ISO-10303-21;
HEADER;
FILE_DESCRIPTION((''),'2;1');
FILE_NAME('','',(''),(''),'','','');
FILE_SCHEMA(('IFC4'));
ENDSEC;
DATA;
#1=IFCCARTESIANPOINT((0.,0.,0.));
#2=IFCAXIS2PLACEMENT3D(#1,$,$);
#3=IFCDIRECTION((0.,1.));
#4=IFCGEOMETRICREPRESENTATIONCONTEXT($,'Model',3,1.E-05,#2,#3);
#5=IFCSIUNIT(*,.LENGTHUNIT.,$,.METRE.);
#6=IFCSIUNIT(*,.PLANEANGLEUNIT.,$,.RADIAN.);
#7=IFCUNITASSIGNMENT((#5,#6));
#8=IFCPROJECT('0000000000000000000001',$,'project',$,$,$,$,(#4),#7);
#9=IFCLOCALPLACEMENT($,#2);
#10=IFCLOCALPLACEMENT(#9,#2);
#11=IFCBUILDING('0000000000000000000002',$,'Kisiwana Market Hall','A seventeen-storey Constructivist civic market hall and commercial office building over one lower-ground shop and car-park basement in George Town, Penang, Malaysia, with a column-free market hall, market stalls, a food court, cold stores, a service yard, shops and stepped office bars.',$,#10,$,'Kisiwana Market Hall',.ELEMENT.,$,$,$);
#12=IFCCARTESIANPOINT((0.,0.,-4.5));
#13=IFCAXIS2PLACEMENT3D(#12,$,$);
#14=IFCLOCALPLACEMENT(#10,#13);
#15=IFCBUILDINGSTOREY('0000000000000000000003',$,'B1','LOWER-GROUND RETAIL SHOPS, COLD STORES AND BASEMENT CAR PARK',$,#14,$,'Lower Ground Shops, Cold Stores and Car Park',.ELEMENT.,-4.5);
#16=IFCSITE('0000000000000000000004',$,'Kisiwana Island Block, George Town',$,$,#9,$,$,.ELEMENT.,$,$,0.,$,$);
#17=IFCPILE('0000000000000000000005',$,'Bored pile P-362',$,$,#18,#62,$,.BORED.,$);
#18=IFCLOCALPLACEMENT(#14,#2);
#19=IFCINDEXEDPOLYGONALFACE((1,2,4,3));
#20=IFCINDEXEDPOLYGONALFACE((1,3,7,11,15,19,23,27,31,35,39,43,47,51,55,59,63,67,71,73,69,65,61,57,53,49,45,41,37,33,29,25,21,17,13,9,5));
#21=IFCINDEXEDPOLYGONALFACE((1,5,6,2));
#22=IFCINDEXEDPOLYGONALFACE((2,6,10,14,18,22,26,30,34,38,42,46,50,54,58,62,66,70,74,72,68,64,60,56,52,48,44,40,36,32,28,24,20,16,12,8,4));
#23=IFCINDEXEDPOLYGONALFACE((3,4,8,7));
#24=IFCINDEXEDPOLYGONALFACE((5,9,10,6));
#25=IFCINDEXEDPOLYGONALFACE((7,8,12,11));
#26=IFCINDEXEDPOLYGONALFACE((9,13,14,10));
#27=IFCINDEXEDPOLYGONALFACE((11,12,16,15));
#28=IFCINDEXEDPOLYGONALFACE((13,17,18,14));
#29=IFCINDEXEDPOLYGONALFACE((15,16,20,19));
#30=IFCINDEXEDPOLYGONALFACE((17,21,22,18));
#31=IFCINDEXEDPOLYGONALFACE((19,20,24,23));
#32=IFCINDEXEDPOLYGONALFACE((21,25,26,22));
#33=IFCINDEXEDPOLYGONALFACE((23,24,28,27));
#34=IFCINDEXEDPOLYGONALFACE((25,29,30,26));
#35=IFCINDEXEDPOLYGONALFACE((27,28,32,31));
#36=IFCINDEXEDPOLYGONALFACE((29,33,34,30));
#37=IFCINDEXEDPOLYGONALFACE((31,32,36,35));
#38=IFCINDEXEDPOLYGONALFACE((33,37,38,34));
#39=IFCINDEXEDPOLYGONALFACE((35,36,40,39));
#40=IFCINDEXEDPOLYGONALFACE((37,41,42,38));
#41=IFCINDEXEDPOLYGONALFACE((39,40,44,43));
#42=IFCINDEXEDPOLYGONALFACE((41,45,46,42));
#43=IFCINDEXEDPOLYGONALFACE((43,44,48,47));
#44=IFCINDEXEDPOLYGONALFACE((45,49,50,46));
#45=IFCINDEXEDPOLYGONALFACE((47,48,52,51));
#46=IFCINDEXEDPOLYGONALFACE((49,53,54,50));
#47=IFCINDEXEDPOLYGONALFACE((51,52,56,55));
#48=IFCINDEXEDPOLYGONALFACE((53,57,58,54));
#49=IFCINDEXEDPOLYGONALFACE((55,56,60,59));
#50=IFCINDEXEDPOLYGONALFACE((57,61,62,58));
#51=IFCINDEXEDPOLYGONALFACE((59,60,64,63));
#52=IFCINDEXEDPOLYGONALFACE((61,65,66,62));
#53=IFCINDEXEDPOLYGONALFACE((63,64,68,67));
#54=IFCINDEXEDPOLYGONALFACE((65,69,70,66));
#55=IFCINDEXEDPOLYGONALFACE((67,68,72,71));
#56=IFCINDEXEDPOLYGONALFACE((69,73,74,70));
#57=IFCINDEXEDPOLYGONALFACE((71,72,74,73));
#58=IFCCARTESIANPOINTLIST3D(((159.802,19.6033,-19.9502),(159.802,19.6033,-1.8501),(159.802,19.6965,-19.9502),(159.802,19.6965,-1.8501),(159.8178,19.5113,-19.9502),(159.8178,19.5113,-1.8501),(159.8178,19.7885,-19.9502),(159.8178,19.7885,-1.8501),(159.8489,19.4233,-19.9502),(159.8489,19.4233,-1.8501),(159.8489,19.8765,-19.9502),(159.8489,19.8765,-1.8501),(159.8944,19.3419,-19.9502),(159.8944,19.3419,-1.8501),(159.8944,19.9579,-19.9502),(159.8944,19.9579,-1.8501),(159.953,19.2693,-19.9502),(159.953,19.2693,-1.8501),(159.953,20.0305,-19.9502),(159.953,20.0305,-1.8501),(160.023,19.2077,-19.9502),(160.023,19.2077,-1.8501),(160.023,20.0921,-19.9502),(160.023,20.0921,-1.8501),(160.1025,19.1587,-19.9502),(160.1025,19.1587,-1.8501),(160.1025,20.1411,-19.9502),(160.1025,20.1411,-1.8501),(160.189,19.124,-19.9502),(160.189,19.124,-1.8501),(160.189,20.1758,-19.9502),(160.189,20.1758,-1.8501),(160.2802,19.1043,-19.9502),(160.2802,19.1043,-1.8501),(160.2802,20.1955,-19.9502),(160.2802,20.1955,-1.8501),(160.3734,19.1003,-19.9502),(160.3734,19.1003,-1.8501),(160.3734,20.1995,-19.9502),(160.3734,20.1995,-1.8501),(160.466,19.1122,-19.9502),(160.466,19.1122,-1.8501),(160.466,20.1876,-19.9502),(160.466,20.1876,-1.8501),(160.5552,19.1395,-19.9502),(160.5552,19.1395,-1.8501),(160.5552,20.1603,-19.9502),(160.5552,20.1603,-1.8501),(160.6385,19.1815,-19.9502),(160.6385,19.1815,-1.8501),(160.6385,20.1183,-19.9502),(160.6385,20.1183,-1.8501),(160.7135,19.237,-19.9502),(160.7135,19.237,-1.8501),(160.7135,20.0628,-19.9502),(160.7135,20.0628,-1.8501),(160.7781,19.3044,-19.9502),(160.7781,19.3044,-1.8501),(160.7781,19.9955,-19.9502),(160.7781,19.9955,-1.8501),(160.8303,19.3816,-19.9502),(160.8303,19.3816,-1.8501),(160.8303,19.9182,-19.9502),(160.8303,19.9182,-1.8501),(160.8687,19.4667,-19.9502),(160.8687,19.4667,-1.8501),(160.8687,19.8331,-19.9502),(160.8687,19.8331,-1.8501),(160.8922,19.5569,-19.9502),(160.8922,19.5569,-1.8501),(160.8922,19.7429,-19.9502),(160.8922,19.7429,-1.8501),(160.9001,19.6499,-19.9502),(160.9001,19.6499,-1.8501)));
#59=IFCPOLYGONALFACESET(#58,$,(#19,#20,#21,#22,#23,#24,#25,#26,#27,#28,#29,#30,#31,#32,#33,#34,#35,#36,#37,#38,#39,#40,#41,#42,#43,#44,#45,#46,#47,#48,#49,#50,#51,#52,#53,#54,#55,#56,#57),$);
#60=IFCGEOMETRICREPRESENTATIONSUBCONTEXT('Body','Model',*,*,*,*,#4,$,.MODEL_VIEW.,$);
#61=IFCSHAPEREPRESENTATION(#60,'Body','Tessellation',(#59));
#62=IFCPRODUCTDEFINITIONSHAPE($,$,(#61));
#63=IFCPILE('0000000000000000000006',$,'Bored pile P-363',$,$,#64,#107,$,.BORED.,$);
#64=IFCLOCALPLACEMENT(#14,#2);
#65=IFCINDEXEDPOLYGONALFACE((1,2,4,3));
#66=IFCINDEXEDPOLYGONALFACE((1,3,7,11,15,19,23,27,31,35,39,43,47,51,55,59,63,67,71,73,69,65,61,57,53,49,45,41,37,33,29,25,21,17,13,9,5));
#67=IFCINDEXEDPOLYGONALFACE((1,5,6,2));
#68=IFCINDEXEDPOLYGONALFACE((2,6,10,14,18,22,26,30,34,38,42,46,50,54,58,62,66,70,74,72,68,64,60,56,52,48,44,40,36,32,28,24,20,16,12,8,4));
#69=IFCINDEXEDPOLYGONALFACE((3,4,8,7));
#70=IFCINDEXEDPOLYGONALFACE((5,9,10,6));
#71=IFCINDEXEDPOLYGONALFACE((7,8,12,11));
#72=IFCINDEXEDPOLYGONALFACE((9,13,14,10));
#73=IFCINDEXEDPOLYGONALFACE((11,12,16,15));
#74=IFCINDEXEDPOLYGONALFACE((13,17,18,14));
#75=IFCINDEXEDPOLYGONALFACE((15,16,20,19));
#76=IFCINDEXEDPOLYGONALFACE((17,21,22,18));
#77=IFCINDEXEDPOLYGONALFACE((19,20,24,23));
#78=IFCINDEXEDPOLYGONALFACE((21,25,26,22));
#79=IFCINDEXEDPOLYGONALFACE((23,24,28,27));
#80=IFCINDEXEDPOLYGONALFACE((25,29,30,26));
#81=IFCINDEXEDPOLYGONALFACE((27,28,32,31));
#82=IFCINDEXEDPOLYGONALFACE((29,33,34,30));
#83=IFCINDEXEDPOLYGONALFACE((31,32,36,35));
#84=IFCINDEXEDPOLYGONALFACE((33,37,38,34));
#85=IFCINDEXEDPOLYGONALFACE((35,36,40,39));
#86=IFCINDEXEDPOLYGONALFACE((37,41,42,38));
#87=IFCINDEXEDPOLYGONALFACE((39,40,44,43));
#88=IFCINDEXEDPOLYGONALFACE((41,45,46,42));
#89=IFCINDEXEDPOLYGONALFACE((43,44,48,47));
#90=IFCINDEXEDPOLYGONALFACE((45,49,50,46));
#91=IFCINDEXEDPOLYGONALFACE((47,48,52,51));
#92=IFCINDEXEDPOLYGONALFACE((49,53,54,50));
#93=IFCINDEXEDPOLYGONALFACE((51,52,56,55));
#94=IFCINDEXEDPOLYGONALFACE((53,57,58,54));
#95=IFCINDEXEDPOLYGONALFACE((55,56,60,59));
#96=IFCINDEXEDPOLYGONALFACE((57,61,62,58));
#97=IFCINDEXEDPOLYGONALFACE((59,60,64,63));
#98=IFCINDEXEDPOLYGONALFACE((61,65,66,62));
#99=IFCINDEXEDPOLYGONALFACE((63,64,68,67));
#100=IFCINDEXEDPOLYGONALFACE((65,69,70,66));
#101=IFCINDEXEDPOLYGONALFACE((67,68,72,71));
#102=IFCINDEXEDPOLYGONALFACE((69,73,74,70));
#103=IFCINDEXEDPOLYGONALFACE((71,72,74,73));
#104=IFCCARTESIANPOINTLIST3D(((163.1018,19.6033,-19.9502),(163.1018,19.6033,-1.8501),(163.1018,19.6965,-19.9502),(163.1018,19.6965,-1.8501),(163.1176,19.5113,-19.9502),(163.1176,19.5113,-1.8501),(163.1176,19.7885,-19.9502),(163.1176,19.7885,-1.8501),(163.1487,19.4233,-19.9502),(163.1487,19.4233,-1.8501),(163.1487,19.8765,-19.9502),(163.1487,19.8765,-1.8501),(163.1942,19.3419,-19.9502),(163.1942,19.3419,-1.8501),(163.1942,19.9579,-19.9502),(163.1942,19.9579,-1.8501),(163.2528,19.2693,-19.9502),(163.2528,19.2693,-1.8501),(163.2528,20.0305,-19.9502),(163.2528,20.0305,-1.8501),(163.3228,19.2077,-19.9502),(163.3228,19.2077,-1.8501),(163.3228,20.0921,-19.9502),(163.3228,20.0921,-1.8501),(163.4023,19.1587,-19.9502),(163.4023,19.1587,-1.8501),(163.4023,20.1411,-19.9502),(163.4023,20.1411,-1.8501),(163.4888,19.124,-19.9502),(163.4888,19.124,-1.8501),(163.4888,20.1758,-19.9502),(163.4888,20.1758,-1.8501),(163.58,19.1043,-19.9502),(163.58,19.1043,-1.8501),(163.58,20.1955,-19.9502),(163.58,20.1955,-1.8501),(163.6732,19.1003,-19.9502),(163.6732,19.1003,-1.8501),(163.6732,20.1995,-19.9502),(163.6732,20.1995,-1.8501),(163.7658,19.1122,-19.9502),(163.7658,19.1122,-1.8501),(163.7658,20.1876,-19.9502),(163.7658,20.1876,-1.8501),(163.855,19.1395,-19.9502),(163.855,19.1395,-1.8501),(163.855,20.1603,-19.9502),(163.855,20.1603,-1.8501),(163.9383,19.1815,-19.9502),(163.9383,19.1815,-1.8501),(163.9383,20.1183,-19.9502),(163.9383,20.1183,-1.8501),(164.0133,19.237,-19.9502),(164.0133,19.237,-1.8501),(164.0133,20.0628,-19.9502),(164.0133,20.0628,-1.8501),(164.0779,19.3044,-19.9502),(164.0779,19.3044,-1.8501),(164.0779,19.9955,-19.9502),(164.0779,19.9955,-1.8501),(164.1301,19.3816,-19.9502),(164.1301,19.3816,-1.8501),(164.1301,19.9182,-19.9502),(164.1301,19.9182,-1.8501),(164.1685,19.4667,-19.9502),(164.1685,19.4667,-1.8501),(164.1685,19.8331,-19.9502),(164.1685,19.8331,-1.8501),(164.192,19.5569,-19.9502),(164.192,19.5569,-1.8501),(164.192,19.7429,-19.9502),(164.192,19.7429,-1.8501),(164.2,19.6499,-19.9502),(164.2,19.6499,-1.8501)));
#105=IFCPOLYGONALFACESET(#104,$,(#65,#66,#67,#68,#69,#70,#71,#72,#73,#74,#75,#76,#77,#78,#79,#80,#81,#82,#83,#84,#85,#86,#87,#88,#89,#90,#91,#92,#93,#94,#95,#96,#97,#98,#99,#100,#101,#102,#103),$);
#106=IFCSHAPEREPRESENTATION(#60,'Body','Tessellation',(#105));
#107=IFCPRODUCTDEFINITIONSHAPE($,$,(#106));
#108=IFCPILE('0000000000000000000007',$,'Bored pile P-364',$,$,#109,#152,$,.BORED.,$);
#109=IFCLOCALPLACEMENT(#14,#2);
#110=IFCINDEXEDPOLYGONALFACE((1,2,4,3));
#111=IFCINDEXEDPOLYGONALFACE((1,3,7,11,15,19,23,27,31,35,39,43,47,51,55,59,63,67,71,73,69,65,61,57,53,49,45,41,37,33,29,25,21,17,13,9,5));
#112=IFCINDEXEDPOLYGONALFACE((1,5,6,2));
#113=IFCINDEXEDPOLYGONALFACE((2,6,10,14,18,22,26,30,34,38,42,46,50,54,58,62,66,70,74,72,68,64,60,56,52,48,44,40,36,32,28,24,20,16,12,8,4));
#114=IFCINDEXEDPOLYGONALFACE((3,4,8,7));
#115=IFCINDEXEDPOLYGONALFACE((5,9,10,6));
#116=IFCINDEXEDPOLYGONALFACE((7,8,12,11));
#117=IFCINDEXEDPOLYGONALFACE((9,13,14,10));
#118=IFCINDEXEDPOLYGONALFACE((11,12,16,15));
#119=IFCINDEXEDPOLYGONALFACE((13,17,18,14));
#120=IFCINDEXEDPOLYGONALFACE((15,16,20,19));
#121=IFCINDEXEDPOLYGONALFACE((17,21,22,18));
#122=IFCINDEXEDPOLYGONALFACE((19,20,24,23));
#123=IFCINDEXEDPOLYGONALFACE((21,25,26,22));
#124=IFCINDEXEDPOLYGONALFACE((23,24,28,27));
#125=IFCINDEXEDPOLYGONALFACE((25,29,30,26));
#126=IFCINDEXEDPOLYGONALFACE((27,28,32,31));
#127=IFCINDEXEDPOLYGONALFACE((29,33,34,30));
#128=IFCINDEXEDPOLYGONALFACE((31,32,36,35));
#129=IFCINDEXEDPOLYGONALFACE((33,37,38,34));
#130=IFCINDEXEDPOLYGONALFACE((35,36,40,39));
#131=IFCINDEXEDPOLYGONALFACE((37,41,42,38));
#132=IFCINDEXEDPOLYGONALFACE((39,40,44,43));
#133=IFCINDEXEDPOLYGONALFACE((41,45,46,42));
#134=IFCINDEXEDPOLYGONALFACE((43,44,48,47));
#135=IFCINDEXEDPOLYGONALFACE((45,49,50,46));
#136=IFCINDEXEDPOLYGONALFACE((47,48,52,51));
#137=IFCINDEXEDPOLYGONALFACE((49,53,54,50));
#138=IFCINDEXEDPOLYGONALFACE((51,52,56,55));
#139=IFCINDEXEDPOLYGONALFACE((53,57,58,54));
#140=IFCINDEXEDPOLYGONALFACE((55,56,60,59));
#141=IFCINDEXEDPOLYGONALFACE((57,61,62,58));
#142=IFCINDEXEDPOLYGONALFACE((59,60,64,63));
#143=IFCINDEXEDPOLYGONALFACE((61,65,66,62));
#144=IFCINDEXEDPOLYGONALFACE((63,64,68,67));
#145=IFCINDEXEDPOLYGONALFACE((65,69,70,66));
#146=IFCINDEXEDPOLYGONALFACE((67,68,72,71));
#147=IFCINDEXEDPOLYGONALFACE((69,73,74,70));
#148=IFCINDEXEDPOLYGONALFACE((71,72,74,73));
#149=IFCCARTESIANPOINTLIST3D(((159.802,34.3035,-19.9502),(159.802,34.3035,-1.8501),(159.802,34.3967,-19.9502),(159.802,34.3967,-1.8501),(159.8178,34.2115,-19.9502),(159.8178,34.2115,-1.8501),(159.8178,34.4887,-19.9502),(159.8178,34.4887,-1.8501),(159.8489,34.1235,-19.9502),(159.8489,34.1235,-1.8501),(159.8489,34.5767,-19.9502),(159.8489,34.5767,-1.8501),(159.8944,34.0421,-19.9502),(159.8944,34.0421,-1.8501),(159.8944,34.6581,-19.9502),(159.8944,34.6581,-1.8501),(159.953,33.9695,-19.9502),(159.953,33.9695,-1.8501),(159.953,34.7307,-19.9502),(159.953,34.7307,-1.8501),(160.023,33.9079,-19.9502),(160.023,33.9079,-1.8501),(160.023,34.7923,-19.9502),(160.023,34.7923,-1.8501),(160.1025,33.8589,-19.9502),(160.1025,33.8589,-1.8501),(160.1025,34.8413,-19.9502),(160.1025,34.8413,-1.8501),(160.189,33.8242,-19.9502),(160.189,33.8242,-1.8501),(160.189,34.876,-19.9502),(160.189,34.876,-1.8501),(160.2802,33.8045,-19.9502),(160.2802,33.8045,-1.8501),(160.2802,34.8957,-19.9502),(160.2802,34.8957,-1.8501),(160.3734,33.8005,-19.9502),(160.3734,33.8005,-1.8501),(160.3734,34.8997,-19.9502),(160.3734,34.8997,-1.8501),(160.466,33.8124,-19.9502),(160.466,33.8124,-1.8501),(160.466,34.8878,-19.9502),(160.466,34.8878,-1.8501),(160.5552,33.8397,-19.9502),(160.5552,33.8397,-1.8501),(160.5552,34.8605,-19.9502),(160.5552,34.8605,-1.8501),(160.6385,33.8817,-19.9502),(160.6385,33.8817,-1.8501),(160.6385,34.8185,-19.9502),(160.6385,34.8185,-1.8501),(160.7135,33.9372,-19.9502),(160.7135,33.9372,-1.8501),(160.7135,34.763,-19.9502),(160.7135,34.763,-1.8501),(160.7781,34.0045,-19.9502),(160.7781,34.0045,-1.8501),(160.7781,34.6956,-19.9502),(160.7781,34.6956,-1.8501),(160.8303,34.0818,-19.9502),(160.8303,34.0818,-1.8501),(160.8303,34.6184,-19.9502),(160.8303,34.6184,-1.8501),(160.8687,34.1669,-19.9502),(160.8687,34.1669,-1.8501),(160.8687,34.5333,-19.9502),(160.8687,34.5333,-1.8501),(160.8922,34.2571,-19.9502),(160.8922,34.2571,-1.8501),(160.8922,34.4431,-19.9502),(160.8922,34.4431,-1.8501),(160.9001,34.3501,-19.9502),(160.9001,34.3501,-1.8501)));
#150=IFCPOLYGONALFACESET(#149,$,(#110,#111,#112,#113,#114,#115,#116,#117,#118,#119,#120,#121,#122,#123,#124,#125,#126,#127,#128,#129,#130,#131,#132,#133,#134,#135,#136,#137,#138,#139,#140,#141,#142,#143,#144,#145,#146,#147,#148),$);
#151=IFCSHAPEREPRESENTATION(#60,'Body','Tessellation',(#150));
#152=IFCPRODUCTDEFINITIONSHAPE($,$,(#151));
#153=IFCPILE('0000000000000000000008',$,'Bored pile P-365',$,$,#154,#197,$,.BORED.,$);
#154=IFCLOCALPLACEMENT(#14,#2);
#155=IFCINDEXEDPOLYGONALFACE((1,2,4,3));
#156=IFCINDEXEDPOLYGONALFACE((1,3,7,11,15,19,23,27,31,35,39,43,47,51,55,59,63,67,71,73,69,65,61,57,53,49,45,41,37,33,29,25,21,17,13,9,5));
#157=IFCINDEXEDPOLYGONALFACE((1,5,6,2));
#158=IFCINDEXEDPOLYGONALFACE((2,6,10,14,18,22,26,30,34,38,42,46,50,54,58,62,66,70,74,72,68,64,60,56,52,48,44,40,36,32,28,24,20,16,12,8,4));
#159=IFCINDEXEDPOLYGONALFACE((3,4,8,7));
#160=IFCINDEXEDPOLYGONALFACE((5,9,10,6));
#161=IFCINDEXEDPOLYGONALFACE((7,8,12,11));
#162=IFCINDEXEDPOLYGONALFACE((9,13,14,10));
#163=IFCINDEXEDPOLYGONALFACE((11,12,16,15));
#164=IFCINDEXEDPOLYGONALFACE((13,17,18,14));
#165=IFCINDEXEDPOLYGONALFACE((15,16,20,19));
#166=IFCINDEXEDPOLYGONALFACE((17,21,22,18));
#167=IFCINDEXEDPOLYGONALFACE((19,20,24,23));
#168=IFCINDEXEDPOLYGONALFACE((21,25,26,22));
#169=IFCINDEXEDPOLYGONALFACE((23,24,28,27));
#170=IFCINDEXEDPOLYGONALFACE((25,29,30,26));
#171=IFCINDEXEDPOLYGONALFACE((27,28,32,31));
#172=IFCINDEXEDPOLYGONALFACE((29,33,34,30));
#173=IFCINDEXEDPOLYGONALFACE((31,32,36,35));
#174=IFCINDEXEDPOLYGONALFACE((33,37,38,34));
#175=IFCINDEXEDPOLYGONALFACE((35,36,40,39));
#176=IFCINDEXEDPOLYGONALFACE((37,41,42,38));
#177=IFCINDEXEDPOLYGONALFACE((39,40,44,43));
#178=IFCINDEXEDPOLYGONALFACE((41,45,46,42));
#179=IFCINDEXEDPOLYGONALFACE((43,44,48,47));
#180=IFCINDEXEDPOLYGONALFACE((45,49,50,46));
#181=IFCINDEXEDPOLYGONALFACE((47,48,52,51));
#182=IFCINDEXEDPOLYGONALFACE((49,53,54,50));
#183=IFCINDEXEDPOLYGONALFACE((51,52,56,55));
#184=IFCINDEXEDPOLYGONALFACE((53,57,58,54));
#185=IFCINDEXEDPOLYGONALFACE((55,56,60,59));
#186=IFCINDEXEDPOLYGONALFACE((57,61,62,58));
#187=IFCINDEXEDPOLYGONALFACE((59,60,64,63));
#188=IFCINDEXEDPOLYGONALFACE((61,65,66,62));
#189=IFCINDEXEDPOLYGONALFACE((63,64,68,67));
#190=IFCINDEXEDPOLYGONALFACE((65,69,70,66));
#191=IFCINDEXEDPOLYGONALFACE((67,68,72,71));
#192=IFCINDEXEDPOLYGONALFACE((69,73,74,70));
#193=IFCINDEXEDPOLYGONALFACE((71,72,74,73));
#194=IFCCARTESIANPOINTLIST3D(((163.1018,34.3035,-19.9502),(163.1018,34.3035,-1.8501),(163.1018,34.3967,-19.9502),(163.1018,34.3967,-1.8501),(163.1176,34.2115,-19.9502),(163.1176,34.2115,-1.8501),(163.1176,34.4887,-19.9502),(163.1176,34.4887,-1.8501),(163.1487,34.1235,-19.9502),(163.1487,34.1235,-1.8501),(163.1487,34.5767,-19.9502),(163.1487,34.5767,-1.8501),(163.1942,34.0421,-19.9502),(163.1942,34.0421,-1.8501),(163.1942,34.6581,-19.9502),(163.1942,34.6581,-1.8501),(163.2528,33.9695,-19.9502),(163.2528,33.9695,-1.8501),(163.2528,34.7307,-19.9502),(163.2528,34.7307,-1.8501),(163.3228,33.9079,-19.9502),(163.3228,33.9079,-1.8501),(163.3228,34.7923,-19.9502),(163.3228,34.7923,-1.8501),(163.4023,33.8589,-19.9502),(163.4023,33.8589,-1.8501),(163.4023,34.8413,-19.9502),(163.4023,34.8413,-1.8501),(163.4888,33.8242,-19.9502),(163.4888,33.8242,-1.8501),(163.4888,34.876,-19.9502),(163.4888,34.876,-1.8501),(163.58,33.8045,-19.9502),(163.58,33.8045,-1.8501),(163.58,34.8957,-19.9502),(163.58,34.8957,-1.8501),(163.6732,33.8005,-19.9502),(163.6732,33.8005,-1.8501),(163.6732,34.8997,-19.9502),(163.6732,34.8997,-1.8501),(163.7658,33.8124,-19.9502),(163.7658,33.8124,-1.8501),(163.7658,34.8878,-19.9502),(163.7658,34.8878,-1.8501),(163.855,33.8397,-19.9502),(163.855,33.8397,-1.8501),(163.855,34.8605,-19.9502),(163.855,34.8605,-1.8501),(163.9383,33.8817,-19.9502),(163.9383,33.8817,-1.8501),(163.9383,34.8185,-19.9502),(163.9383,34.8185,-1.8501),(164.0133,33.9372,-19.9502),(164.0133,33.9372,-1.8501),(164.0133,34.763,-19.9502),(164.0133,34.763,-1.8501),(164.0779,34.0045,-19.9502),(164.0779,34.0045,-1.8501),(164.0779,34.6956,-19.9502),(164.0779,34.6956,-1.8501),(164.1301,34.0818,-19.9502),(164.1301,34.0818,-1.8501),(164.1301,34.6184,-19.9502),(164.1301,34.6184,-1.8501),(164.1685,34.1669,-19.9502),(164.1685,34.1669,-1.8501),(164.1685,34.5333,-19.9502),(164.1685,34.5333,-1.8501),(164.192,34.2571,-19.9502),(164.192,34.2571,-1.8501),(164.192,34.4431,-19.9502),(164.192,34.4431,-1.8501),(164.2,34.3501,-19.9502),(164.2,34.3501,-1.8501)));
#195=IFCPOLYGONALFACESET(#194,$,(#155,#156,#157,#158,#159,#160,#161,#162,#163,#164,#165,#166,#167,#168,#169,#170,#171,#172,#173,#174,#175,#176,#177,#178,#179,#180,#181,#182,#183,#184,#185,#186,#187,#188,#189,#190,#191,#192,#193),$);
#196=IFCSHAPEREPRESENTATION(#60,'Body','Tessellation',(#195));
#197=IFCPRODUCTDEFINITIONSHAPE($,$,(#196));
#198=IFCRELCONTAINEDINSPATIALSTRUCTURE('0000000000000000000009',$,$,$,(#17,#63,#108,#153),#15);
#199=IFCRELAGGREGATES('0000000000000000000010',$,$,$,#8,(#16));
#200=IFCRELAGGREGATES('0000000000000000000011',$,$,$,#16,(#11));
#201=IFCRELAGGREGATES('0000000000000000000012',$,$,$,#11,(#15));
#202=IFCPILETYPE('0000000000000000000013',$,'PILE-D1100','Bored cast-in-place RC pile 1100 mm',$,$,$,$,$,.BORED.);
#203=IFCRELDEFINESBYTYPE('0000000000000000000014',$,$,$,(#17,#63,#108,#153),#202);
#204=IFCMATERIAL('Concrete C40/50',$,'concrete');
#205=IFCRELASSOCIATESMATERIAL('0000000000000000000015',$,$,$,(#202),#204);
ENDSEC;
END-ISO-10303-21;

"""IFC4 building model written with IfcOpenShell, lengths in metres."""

from ifc_helpers import new_model, si_unit, direction, frame, origin, origin_2d, place, context, subcontext, project, spatial, circle, extrude, material, material_profile, profile_set, type_object, element, save


model = new_model("IFC4")

# Units and contexts
model_context = context("Model", 3, precision=1e-05, world=origin(), true_north=direction((0.0, 1.0)))
body_context = subcontext(model_context, "Body", "Model", "MODEL_VIEW")
ifc_project = project(units=[si_unit("LENGTHUNIT", "METRE"), si_unit("PLANEANGLEUNIT", "RADIAN")], contexts=[model_context])

# Site, building, storey
site_placement = place(None, origin())
site = spatial("IfcSite", under=ifc_project, at=site_placement, Name="Kisiwana Island Block, George Town", CompositionType="ELEMENT", RefElevation=0.0)
building_placement = place(site_placement, origin())
building = spatial("IfcBuilding", under=site, at=building_placement, Name="Kisiwana Market Hall", Description="A seventeen-storey Constructivist civic market hall and commercial office building over one lower-ground shop and car-park basement in George Town, Penang, Malaysia, with a column-free market hall, market stalls, a food court, cold stores, a service yard, shops and stepped office bars.", LongName="Kisiwana Market Hall", CompositionType="ELEMENT")
storey_placement = place(building_placement, frame((0.0, 0.0, -4.5)))
storey = spatial("IfcBuildingStorey", under=building, at=storey_placement, Name="B1", Description="LOWER-GROUND RETAIL SHOPS, COLD STORES AND BASEMENT CAR PARK", LongName="Lower Ground Shops, Cold Stores and Car Park", CompositionType="ELEMENT", Elevation=-4.5)

# Piles
ifc_material_1 = material(Name="Concrete C40/50", Category="concrete")
ifc_material_profile_1 = material_profile(ifc_material_1, circle(Radius=0.55, at=origin_2d()), Name="BP D1100")
ifc_profile_set_1 = profile_set([ifc_material_profile_1], Name="Concrete C40/50")
pile_type_1 = type_object("IfcPileType", Name="PILE-D1100", Description="Bored cast-in-place RC pile 1100 mm", PredefinedType="BORED", material=ifc_profile_set_1)
for number, where, z_axis, x_axis, name in (
    (1, (160.3501, 19.6499, -1.8501), (0.0, 0.0, -1.0), (1.0, 0.0, 0.0), "Bored pile P-362"),
    (2, (163.6499, 19.6499, -1.8501), (0.0, 0.0, -1.0), (1.0, 0.0, 0.0), "Bored pile P-363"),
    (3, (160.3501, 34.3501, -1.8501), (0.0, 0.0, -1.0), (1.0, 0.0, 0.0), "Bored pile P-364"),
    (4, (163.6499, 34.3501, -1.8501), (0.0, 0.0, -1.0), (1.0, 0.0, 0.0), "Bored pile P-365"),
):
    element("IfcPile", number, at=place(storey_placement, frame(where, z_axis=z_axis, x_axis=x_axis)), inside=storey, type_object=pile_type_1, Name=name, PredefinedType="BORED", context=body_context, shape_type="SweptSolid", body=[
        extrude(circle(Radius=0.55, at=origin_2d()), origin(), (0.0, 0.0, 1.0), 18.1001),
    ])

save(model, "model.ifc")
